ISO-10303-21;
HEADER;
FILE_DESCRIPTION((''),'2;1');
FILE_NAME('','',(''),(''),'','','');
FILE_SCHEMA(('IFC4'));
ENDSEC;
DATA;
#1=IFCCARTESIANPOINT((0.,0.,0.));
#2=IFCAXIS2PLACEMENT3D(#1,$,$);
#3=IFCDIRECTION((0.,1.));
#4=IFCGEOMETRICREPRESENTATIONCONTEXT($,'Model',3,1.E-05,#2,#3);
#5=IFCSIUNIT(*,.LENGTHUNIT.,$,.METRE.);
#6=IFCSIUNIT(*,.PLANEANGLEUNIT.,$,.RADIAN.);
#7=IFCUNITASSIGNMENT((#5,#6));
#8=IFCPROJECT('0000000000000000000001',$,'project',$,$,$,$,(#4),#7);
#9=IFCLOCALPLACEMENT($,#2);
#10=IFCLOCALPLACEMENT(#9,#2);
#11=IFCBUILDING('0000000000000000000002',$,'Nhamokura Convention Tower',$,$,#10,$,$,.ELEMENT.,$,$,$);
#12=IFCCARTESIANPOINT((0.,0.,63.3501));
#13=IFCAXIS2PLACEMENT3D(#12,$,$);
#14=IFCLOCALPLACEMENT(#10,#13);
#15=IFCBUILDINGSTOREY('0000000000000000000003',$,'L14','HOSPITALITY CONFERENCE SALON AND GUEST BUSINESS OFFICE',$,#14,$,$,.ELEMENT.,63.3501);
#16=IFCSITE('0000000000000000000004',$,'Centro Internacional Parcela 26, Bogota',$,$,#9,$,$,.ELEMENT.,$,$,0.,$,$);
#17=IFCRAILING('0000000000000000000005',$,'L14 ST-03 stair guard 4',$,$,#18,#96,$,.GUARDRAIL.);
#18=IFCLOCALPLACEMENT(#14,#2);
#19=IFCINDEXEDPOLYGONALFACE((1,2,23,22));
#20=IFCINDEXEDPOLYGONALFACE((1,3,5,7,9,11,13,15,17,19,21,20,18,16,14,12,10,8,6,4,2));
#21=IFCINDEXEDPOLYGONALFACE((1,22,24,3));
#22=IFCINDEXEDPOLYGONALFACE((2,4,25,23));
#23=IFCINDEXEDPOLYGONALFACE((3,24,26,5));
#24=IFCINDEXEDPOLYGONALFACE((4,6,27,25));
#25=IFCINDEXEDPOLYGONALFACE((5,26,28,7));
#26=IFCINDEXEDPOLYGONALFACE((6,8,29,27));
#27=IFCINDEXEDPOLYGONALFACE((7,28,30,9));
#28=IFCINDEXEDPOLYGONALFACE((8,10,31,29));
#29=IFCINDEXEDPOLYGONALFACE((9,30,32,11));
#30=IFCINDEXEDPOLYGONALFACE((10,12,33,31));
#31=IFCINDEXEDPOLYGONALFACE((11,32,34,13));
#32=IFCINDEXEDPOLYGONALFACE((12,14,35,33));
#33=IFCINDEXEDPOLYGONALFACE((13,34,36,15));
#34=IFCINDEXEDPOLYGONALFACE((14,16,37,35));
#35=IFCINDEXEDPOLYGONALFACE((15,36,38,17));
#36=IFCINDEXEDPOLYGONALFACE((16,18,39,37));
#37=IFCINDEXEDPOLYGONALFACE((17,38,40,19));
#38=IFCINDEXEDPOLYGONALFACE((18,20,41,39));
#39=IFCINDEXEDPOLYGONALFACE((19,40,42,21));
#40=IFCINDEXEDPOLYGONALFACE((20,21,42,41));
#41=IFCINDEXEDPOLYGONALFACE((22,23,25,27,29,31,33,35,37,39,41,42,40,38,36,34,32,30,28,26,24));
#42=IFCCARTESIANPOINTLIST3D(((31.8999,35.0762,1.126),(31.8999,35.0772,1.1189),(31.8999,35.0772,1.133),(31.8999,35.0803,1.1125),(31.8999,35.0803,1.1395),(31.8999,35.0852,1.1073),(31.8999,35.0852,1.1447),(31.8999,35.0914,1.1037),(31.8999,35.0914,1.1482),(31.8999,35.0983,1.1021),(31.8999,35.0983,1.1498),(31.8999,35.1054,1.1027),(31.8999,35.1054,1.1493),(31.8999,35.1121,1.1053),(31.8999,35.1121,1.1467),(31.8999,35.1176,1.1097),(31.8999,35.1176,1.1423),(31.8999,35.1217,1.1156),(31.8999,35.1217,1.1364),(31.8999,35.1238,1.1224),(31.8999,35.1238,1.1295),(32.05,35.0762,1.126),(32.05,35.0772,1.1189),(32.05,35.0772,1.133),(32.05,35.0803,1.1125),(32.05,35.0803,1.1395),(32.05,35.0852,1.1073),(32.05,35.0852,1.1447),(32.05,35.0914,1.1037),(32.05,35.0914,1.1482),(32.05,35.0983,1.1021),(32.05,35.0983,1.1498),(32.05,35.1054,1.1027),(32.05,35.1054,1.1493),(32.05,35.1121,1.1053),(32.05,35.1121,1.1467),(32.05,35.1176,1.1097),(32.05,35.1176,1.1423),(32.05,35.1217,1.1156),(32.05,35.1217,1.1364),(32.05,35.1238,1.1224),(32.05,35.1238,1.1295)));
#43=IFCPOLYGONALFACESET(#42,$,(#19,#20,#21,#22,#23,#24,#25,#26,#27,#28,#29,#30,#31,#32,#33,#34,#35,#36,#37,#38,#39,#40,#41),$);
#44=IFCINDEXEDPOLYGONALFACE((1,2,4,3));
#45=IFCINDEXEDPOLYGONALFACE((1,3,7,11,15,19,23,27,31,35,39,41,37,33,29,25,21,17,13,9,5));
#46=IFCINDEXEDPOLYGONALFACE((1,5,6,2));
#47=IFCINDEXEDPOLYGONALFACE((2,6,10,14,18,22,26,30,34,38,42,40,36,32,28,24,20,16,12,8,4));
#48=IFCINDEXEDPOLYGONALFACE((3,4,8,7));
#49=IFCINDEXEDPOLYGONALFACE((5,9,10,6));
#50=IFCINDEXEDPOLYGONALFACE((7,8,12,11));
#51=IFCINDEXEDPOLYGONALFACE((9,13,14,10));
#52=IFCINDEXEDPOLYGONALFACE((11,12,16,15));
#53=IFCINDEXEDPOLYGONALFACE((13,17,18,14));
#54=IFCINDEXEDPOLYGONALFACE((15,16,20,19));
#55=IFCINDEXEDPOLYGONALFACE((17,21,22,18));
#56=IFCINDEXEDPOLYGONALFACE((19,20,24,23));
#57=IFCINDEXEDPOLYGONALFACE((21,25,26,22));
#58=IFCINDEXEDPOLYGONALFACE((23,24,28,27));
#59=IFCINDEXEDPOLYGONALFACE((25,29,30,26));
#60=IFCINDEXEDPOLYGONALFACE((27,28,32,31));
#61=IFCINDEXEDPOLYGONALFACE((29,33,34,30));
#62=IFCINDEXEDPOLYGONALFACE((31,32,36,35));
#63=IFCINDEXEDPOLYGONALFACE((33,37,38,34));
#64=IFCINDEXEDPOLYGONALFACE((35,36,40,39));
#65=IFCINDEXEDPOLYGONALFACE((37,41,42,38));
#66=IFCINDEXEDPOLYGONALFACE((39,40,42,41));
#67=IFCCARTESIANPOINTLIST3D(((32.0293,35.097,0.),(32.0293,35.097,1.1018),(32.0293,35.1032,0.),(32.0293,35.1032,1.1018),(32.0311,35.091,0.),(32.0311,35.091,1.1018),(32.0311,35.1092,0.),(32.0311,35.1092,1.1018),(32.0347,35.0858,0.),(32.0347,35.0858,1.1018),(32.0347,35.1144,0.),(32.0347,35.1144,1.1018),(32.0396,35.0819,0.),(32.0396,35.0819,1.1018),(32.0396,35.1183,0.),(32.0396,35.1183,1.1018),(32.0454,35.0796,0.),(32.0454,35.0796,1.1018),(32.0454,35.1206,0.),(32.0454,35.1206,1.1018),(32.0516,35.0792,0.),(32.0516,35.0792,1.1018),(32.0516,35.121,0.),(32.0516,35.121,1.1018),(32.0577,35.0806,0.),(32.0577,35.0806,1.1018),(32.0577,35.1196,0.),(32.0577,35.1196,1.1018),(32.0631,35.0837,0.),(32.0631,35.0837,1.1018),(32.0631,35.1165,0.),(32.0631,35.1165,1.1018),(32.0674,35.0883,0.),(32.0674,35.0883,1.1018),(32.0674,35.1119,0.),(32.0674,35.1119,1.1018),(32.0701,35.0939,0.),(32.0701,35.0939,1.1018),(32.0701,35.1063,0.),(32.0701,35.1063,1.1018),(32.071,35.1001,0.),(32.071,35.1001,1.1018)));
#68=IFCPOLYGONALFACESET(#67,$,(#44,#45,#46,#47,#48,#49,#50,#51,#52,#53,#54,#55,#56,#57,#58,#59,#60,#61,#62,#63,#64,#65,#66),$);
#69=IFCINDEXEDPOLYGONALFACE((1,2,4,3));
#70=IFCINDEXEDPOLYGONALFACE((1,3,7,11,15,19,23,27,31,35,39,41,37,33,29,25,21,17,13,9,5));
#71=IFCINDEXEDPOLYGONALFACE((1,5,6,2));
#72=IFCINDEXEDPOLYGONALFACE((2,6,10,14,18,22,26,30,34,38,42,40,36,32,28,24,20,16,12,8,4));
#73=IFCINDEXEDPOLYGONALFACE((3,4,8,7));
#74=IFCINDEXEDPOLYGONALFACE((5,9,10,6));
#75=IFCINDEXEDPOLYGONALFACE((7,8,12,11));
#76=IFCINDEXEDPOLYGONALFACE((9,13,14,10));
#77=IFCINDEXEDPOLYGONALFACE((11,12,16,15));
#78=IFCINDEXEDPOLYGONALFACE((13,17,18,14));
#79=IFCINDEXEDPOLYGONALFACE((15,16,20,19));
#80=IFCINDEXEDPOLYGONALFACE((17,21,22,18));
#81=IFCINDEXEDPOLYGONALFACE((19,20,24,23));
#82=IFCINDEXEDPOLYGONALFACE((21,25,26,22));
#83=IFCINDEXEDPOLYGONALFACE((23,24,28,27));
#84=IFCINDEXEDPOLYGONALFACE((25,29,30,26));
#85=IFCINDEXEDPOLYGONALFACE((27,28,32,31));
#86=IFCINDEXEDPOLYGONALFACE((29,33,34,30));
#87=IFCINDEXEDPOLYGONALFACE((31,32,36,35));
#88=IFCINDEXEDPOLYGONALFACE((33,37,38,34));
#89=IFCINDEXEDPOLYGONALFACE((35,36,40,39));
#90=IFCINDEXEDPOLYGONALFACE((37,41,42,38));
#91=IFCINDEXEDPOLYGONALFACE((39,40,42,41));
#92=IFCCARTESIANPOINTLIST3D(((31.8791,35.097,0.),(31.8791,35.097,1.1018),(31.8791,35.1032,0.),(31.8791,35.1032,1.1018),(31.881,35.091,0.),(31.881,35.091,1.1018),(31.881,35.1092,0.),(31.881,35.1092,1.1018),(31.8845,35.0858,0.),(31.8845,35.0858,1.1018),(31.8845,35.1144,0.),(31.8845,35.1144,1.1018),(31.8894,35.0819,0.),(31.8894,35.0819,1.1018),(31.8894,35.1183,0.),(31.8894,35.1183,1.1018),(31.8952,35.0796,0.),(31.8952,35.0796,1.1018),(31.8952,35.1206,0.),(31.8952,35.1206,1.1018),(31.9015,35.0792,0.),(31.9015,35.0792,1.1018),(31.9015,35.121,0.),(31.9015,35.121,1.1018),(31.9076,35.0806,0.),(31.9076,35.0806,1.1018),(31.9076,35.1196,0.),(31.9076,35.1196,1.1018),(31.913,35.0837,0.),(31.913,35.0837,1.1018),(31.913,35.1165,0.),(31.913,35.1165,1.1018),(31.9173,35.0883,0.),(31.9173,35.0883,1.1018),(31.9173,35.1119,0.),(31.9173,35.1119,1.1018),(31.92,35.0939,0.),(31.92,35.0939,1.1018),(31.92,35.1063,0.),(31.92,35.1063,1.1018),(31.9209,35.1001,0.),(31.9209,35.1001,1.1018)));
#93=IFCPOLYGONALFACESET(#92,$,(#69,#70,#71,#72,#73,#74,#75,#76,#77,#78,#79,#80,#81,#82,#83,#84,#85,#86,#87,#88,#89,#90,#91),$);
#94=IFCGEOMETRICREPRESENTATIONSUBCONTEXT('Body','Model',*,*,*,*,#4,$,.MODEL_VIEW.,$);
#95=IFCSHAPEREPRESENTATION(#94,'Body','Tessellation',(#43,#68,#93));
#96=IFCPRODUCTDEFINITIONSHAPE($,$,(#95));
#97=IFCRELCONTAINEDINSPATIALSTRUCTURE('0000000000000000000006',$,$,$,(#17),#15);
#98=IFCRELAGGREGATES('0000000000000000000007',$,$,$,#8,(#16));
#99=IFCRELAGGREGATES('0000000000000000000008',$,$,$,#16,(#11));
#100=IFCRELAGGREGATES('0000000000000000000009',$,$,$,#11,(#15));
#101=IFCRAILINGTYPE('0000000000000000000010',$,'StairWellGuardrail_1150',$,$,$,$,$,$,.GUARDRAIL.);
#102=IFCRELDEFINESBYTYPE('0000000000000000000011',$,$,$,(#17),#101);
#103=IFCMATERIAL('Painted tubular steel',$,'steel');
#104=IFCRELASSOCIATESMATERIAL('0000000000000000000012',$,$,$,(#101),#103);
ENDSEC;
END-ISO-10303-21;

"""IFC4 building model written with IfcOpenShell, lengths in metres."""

from ifc_helpers import new_model, si_unit, direction, frame, origin, origin_2d, place, context, subcontext, project, spatial, circle, extrude, material, type_object, element, save


model = new_model("IFC4")

# Units and contexts
model_context = context("Model", 3, precision=1e-05, world=origin(), true_north=direction((0.0, 1.0)))
body_context = subcontext(model_context, "Body", "Model", "MODEL_VIEW")
ifc_project = project(units=[si_unit("LENGTHUNIT", "METRE"), si_unit("PLANEANGLEUNIT", "RADIAN")], contexts=[model_context])

# Site, building, storey
site_placement = place(None, origin())
site = spatial("IfcSite", under=ifc_project, at=site_placement, Name="Centro Internacional Parcela 26, Bogota", CompositionType="ELEMENT", RefElevation=0.0)
building_placement = place(site_placement, origin())
building = spatial("IfcBuilding", under=site, at=building_placement, Name="Nhamokura Convention Tower", CompositionType="ELEMENT")
storey_placement = place(building_placement, frame((0.0, 0.0, 63.3501)))
storey = spatial("IfcBuildingStorey", under=building, at=storey_placement, Name="L14", Description="HOSPITALITY CONFERENCE SALON AND GUEST BUSINESS OFFICE", CompositionType="ELEMENT", Elevation=63.3501)

# Railing
ifc_material_1 = material(Name="Painted tubular steel", Category="steel")
railing_type_1 = type_object("IfcRailingType", Name="StairWellGuardrail_1150", PredefinedType="GUARDRAIL", material=ifc_material_1)
railing_1_placement = place(storey_placement, frame((32.05, 35.1001, 0.0)))
element("IfcRailing", 1, at=railing_1_placement, inside=storey, type_object=railing_type_1, Name="L14 ST-03 stair guard 4", PredefinedType="GUARDRAIL", context=body_context, shape_type="SweptSolid", body=[
    extrude(circle(Radius=0.0239, at=origin_2d()), frame((0.0, 0.0, 1.126), z_axis=(-1.0, 0.0, 0.0), x_axis=(0.0, -1.0, 0.0)), (0.0, 0.0, 1.0), 0.1501),
    extrude(circle(Radius=0.021, at=origin_2d()), origin(), (0.0, 0.0, 1.0), 1.1018),
    extrude(circle(Radius=0.021, at=origin_2d()), frame((-0.1501, 0.0, 0.0)), (0.0, 0.0, 1.0), 1.1018),
])

save(model, "model.ifc")
